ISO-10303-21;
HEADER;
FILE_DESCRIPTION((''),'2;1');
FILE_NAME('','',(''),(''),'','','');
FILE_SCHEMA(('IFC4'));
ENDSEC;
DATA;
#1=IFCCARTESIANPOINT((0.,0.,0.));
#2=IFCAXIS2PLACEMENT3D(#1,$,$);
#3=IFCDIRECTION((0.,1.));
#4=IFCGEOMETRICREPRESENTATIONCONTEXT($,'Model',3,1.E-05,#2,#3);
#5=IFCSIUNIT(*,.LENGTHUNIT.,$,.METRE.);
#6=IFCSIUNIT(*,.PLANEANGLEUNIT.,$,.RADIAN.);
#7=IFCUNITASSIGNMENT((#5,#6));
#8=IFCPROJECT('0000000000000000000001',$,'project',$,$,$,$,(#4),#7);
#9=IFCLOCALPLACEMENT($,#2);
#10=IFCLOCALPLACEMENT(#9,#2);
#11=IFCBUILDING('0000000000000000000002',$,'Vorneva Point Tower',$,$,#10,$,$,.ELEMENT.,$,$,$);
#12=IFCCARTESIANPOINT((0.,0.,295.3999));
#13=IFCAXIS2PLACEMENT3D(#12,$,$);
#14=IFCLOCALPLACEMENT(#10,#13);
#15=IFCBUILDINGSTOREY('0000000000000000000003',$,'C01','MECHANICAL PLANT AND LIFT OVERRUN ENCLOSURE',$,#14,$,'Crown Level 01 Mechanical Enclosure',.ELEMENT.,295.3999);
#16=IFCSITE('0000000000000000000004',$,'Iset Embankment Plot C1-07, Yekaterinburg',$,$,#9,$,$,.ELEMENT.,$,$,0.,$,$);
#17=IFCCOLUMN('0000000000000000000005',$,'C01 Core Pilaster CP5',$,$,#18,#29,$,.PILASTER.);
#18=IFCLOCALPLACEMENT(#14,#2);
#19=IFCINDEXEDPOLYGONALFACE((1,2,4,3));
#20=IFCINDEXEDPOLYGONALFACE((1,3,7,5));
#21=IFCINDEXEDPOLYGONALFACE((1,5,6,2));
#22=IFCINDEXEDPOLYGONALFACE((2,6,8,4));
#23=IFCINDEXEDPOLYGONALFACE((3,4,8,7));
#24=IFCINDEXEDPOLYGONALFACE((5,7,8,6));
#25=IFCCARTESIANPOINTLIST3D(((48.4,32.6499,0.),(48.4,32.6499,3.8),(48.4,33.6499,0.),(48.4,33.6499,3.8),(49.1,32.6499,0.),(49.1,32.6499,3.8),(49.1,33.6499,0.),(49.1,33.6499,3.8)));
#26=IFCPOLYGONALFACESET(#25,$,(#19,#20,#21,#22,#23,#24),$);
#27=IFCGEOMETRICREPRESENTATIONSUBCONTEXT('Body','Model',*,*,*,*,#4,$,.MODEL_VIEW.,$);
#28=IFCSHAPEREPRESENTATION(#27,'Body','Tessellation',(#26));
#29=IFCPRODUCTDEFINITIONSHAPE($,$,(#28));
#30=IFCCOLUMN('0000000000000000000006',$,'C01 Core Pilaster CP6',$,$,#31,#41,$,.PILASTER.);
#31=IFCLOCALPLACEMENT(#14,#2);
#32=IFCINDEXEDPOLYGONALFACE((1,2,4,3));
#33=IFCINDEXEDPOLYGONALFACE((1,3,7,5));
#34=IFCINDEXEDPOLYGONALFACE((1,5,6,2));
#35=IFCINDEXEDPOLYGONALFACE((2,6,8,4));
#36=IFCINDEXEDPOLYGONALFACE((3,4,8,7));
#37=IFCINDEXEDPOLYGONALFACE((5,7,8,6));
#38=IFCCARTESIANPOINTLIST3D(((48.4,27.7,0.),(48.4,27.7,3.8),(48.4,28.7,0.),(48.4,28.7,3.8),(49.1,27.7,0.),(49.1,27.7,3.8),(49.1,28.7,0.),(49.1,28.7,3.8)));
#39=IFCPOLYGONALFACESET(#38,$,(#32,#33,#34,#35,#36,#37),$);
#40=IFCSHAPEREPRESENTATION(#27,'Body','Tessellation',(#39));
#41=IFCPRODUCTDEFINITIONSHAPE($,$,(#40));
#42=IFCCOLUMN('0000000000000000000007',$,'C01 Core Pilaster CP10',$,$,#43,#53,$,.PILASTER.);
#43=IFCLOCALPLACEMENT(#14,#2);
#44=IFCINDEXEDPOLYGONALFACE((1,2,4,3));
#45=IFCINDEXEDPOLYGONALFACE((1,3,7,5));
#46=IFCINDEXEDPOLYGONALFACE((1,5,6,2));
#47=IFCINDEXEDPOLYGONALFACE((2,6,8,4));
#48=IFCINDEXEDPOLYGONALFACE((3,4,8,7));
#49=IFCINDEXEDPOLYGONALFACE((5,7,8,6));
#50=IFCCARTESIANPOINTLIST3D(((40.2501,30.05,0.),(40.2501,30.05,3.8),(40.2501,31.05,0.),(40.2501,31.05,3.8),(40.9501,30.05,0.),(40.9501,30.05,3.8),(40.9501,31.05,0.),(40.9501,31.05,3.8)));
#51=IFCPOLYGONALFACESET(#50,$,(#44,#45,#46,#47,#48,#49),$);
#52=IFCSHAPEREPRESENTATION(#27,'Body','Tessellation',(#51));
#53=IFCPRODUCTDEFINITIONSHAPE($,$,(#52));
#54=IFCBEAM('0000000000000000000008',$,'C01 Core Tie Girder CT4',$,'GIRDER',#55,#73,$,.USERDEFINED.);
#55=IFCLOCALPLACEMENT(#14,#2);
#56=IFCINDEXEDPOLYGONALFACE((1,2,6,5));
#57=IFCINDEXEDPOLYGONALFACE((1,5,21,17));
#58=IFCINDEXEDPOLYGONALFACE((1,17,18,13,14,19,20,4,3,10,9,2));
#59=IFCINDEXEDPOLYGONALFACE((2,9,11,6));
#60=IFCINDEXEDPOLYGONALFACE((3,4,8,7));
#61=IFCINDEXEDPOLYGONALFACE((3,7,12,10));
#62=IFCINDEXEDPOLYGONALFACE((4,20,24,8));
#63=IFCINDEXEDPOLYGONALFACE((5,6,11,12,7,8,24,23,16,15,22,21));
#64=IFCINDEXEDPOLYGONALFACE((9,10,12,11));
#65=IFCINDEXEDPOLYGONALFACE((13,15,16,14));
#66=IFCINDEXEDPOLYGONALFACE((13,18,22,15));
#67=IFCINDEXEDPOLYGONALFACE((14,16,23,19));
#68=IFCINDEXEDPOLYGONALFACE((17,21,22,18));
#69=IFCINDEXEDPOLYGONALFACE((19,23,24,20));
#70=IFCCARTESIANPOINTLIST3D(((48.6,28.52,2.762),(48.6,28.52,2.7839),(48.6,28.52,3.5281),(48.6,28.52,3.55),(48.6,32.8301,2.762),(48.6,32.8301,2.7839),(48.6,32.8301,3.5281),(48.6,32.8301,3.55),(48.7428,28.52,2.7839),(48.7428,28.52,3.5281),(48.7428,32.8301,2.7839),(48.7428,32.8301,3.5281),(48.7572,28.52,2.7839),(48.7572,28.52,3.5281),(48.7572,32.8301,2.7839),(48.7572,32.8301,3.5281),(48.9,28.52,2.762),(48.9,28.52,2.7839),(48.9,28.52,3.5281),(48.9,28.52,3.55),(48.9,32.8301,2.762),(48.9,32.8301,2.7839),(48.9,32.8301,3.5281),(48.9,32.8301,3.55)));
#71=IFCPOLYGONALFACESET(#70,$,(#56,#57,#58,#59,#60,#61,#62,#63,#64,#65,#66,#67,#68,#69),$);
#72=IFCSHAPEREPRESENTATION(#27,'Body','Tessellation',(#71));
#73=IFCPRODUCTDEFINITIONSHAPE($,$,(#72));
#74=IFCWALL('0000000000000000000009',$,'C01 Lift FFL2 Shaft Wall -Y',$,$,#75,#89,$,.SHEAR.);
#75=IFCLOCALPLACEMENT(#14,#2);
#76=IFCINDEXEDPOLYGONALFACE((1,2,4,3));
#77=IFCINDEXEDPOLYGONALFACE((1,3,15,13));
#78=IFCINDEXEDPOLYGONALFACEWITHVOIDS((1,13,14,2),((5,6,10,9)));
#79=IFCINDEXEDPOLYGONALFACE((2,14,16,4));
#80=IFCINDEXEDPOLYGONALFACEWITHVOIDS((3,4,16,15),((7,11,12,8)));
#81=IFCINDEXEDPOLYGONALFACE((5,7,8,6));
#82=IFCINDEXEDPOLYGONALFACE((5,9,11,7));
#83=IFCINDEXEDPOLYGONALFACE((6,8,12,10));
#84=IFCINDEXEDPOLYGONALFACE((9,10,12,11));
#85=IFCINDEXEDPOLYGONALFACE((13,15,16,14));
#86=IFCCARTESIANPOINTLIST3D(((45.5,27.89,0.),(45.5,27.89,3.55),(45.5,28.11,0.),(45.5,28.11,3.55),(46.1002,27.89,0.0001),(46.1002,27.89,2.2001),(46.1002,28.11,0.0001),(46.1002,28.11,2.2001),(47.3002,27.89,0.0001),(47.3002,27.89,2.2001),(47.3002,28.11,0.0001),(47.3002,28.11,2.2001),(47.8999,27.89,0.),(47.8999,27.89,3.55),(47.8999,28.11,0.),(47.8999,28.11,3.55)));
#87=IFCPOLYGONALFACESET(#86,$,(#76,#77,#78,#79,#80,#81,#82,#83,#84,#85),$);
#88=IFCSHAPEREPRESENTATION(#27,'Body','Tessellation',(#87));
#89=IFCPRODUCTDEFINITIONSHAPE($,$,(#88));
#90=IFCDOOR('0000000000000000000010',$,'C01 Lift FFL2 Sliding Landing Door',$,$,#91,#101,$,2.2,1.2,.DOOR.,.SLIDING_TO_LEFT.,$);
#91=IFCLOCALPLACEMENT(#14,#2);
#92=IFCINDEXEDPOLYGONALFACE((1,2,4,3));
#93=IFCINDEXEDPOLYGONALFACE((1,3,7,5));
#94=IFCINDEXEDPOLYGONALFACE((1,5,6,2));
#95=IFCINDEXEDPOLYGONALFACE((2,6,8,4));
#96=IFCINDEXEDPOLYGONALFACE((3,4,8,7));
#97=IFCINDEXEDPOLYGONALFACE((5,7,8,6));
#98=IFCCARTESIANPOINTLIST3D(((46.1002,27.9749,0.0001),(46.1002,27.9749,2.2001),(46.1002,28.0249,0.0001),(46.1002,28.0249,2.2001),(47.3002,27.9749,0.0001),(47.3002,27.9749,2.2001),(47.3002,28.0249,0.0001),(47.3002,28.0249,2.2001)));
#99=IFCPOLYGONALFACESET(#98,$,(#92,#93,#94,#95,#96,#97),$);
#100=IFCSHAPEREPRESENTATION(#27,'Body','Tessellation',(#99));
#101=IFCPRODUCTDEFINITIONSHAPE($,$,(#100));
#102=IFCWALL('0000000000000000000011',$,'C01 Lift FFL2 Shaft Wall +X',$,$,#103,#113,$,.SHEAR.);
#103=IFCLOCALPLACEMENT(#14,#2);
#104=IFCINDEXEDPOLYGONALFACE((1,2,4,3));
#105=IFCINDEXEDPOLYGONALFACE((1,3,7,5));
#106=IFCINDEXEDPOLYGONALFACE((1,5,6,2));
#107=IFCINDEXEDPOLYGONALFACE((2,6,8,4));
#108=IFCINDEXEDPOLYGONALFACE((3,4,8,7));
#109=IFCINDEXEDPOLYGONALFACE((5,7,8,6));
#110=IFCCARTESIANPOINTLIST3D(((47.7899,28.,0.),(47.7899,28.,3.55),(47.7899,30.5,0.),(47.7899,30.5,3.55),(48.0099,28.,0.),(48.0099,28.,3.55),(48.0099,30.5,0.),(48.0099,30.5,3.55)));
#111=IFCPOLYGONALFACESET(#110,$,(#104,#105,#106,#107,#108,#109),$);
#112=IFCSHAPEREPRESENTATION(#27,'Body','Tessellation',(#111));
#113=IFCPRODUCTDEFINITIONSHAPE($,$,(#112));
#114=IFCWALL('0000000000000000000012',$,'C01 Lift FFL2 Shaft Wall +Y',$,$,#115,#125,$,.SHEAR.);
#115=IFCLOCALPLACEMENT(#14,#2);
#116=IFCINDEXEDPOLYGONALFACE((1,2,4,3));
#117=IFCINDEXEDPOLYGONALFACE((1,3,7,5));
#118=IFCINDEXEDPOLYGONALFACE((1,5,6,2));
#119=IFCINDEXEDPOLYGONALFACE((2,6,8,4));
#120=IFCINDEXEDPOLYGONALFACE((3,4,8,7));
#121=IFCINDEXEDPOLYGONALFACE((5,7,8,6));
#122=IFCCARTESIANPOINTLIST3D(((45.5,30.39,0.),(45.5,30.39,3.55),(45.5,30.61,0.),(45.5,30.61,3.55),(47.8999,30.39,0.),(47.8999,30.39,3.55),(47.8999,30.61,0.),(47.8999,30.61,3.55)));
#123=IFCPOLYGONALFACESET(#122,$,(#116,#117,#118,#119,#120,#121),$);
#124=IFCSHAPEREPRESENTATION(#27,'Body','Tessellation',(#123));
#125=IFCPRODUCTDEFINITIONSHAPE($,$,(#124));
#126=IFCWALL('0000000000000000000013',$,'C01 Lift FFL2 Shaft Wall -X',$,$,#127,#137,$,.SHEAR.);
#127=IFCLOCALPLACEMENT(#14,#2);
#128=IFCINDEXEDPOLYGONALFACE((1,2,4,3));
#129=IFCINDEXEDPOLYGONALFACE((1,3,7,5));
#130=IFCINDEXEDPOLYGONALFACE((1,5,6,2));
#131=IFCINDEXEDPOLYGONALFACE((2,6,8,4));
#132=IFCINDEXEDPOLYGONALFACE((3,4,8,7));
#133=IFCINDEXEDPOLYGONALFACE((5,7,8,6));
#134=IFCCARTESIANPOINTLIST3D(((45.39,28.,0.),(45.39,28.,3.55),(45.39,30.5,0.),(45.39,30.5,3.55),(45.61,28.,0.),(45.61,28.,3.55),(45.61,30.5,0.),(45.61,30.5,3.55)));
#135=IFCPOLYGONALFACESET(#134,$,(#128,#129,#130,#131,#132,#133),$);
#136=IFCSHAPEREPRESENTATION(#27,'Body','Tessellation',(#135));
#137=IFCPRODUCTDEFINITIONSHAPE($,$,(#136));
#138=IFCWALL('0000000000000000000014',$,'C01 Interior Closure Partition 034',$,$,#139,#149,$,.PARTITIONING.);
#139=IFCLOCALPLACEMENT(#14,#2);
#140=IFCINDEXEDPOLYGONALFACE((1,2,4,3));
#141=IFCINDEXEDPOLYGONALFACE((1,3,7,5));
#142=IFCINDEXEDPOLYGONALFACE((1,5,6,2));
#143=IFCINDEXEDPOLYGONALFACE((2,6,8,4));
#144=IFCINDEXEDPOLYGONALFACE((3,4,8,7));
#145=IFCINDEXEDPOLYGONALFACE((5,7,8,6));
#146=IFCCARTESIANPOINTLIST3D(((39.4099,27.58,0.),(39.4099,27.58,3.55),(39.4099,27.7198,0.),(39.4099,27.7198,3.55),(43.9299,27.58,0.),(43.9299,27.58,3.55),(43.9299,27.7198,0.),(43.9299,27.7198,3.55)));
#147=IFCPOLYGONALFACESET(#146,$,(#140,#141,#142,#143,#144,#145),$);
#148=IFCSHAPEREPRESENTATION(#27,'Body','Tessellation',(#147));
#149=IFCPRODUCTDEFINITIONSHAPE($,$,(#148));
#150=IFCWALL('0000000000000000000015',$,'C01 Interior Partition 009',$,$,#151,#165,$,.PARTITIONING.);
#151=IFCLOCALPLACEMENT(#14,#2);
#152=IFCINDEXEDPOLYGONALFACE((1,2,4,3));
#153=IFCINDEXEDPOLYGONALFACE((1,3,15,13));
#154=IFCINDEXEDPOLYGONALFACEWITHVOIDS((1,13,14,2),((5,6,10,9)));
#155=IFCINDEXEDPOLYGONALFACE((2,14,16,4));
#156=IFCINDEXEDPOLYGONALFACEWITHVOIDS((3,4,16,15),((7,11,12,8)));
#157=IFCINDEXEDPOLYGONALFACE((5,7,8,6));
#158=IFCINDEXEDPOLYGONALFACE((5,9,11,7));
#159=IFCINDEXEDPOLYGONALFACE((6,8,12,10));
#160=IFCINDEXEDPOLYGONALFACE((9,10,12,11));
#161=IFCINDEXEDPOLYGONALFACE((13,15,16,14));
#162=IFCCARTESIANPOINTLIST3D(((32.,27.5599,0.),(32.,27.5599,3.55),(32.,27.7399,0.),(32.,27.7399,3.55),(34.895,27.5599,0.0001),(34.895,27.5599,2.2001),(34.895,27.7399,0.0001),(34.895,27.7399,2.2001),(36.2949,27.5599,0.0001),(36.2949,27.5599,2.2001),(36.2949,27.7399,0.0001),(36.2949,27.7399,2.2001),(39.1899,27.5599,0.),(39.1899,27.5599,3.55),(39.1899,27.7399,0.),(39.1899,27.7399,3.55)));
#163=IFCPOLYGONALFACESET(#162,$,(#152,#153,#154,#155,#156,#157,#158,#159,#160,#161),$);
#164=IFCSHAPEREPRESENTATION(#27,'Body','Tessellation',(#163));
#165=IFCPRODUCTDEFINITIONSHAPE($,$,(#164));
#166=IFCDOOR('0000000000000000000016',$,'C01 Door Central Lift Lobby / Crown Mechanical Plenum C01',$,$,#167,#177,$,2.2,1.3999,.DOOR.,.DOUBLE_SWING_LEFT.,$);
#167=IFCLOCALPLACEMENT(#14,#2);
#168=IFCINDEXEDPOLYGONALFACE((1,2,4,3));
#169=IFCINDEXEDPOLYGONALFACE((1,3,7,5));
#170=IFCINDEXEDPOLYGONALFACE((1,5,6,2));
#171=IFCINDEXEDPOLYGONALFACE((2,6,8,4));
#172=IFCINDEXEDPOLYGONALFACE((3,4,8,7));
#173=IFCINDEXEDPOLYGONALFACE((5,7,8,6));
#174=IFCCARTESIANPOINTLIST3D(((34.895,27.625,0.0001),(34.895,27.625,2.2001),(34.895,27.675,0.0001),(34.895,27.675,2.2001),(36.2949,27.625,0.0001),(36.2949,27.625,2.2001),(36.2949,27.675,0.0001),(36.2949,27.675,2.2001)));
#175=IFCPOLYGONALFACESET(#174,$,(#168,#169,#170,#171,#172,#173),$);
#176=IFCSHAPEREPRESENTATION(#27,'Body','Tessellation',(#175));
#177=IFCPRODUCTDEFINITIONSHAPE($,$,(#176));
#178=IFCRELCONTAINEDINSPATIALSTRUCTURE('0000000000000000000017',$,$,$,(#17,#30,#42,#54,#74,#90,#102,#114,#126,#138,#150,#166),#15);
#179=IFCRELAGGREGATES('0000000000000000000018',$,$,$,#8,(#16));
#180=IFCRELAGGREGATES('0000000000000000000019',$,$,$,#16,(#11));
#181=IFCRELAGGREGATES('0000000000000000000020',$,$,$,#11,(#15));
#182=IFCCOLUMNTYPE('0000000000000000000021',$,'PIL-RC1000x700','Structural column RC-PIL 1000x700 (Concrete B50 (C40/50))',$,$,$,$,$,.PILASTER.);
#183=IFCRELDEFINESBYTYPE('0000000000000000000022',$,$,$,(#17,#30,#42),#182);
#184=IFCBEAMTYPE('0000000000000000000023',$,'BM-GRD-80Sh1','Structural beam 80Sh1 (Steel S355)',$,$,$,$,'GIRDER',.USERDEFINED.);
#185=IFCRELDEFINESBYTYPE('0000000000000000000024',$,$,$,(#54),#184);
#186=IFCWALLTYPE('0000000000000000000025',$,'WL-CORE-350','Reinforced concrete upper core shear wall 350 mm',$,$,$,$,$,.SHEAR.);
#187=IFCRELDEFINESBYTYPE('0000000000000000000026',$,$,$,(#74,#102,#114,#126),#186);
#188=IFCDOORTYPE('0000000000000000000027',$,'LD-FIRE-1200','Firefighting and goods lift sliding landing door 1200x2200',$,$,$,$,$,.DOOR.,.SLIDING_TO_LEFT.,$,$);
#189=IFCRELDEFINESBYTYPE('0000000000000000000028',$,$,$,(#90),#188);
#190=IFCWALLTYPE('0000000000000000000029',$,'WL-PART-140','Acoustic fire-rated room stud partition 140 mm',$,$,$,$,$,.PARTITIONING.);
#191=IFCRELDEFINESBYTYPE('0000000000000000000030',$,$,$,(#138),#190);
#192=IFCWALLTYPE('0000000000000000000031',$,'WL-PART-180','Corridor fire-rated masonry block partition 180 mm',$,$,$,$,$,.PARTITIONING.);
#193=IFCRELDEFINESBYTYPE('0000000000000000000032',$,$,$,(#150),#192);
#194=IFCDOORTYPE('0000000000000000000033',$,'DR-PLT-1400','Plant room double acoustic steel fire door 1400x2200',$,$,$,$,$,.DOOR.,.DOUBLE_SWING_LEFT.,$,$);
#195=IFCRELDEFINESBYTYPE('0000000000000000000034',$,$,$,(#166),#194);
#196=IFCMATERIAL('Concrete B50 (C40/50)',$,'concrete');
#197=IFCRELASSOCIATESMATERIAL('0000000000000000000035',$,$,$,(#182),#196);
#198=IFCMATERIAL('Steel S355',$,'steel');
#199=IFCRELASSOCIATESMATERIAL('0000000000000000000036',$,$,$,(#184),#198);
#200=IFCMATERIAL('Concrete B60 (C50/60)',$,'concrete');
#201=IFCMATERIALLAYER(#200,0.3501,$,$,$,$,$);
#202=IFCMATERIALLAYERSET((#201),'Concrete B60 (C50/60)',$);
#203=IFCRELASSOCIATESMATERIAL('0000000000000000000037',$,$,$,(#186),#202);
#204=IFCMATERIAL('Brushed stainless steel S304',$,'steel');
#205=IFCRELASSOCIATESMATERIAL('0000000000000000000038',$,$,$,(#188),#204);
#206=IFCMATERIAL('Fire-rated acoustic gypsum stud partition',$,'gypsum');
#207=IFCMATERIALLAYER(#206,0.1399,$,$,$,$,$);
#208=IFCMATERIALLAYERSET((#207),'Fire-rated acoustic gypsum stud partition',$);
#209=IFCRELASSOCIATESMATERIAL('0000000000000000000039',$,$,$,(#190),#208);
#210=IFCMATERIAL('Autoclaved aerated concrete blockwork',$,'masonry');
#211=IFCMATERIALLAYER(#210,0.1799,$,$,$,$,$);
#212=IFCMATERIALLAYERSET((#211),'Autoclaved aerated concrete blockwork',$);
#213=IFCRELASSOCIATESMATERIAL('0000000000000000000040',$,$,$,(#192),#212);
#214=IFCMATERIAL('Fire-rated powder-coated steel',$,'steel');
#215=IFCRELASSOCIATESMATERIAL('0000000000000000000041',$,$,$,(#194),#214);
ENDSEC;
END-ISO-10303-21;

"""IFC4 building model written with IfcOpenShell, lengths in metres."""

from ifc_helpers import new_model, si_unit, direction, frame, frame_2d, origin, origin_2d, place, context, subcontext, project, spatial, rectangle, i_section, extrude, material, layer, layer_set, material_profile, profile_set, type_object, element, fill, save


model = new_model("IFC4")

# Units and contexts
model_context = context("Model", 3, precision=1e-05, world=origin(), true_north=direction((0.0, 1.0)))
body_context = subcontext(model_context, "Body", "Model", "MODEL_VIEW")
ifc_project = project(units=[si_unit("LENGTHUNIT", "METRE"), si_unit("PLANEANGLEUNIT", "RADIAN")], contexts=[model_context])

# Site, building, storey
site_placement = place(None, origin())
site = spatial("IfcSite", under=ifc_project, at=site_placement, Name="Iset Embankment Plot C1-07, Yekaterinburg", CompositionType="ELEMENT", RefElevation=0.0)
building_placement = place(site_placement, origin())
building = spatial("IfcBuilding", under=site, at=building_placement, Name="Vorneva Point Tower", CompositionType="ELEMENT")
storey_placement = place(building_placement, frame((0.0, 0.0, 295.3999)))
storey = spatial("IfcBuildingStorey", under=building, at=storey_placement, Name="C01", Description="MECHANICAL PLANT AND LIFT OVERRUN ENCLOSURE", LongName="Crown Level 01 Mechanical Enclosure", CompositionType="ELEMENT", Elevation=295.3999)

# Columns
ifc_material_1 = material(Name="Concrete B50 (C40/50)", Category="concrete")
ifc_material_profile_1 = material_profile(ifc_material_1, rectangle(XDim=0.7, YDim=1.0, at=origin_2d()), Name="RC-PIL 1000x700")
ifc_profile_set_1 = profile_set([ifc_material_profile_1], Name="Concrete B50 (C40/50)")
column_type = type_object("IfcColumnType", Name="PIL-RC1000x700", Description="Structural column RC-PIL 1000x700 (Concrete B50 (C40/50))", PredefinedType="PILASTER", material=ifc_profile_set_1)
for number, where, z_axis, x_axis, name in (
    (1, (48.75, 33.1499, 0.0), (0.0, 0.0, 1.0), (1.0, 0.0, 0.0), "C01 Core Pilaster CP5"),
    (2, (48.75, 28.2, 0.0), (0.0, 0.0, 1.0), (1.0, 0.0, 0.0), "C01 Core Pilaster CP6"),
    (3, (40.6001, 30.55, 0.0), (0.0, 0.0, 1.0), (1.0, 0.0, 0.0), "C01 Core Pilaster CP10"),
):
    element("IfcColumn", number, at=place(storey_placement, frame(where, z_axis=z_axis, x_axis=x_axis)), inside=storey, type_object=column_type, Name=name, PredefinedType="PILASTER", context=body_context, shape_type="SweptSolid", body=[
        extrude(rectangle(XDim=0.7, YDim=1.0, at=origin_2d()), origin(), (0.0, 0.0, 1.0), 3.8),
    ])

# Beam
ifc_material_2 = material(Name="Steel S355", Category="steel")
ifc_material_profile_2 = material_profile(ifc_material_2, i_section(OverallWidth=0.3, OverallDepth=0.7881, WebThickness=0.0144, FlangeThickness=0.022, at=origin_2d()), Name="80Sh1")
ifc_profile_set_2 = profile_set([ifc_material_profile_2], Name="Steel S355")
beam_type = type_object("IfcBeamType", Name="BM-GRD-80Sh1", Description="Structural beam 80Sh1 (Steel S355)", ElementType="GIRDER", PredefinedType="USERDEFINED", material=ifc_profile_set_2)
beam_placement = place(storey_placement, frame((48.75, 28.52, 3.156), z_axis=(0.0, 1.0, 0.0), x_axis=(-1.0, 0.0, 0.0)))
element("IfcBeam", 4, at=beam_placement, inside=storey, type_object=beam_type, Name="C01 Core Tie Girder CT4", ObjectType="GIRDER", PredefinedType="USERDEFINED", context=body_context, shape_type="SweptSolid", body=[
    extrude(i_section(OverallWidth=0.3, OverallDepth=0.7881, WebThickness=0.0144, FlangeThickness=0.022, at=origin_2d()), origin(), (0.0, 0.0, 1.0), 4.3101),
])

# Wall, opening, door
ifc_material_3 = material(Name="Concrete B60 (C50/60)", Category="concrete")
ifc_layer_1 = layer(ifc_material_3, 0.3501)
ifc_layer_set_1 = layer_set([ifc_layer_1], Name="Concrete B60 (C50/60)")
wall_type_1 = type_object("IfcWallType", Name="WL-CORE-350", Description="Reinforced concrete upper core shear wall 350 mm", PredefinedType="SHEAR", material=ifc_layer_set_1)
wall_1_placement = place(storey_placement, frame((45.5, 28.0, 0.0), z_axis=(0.0, 0.0, 1.0), x_axis=(1.0, 0.0, 0.0)))
wall_1 = element("IfcWall", 5, at=wall_1_placement, inside=storey, type_object=wall_type_1, Name="C01 Lift FFL2 Shaft Wall -Y", PredefinedType="SHEAR", context=body_context, shape_type="SweptSolid", body=[
    extrude(rectangle(XDim=2.3999, YDim=0.22, at=frame_2d((1.2, 0.0))), origin(), (0.0, 0.0, 1.0), 3.55),
])
opening_1_placement = place(wall_1_placement, frame((0.6001, 0.0, 0.0)))
opening_1 = element("IfcOpeningElement", 6, at=opening_1_placement, cuts=wall_1, PredefinedType="OPENING", context=body_context, shape_type="SweptSolid", body=[
    extrude(rectangle(XDim=1.2, YDim=2.2, at=frame_2d((0.6001, 1.1001))), frame((0.0, 0.125, 0.0), z_axis=(0.0, -1.0, 0.0), x_axis=(1.0, 0.0, 0.0)), (0.0, 0.0, 1.0), 0.2498),
])
ifc_material_4 = material(Name="Brushed stainless steel S304", Category="steel")
door_type_1 = type_object("IfcDoorType", Name="LD-FIRE-1200", Description="Firefighting and goods lift sliding landing door 1200x2200", OperationType="SLIDING_TO_LEFT", PredefinedType="DOOR", material=ifc_material_4)
door_1_placement = place(opening_1_placement, origin())
door_1 = element("IfcDoor", 7, at=door_1_placement, inside=storey, type_object=door_type_1, Name="C01 Lift FFL2 Sliding Landing Door", OperationType="SLIDING_TO_LEFT", OverallHeight=2.2, OverallWidth=1.2, PredefinedType="DOOR", context=body_context, shape_type="SweptSolid", body=[
    extrude(rectangle(XDim=1.2, YDim=2.2, at=frame_2d((0.6001, 1.1001))), frame((0.0, 0.0249, 0.0), z_axis=(0.0, -1.0, 0.0), x_axis=(1.0, 0.0, 0.0)), (0.0, 0.0, 1.0), 0.05),
])
fill(opening_1, door_1)

# Walls
wall_2_placement = place(storey_placement, frame((47.8999, 28.0, 0.0), z_axis=(0.0, 0.0, 1.0), x_axis=(0.0, 1.0, 0.0)))
element("IfcWall", 8, at=wall_2_placement, inside=storey, type_object=wall_type_1, Name="C01 Lift FFL2 Shaft Wall +X", PredefinedType="SHEAR", context=body_context, shape_type="SweptSolid", body=[
    extrude(rectangle(XDim=2.5, YDim=0.22, at=frame_2d((1.25, 0.0))), origin(), (0.0, 0.0, 1.0), 3.55),
])
wall_3_placement = place(storey_placement, frame((47.8999, 30.5, 0.0), z_axis=(0.0, 0.0, 1.0), x_axis=(-1.0, 0.0, 0.0)))
element("IfcWall", 9, at=wall_3_placement, inside=storey, type_object=wall_type_1, Name="C01 Lift FFL2 Shaft Wall +Y", PredefinedType="SHEAR", context=body_context, shape_type="SweptSolid", body=[
    extrude(rectangle(XDim=2.3999, YDim=0.22, at=frame_2d((1.2, 0.0))), origin(), (0.0, 0.0, 1.0), 3.55),
])
wall_4_placement = place(storey_placement, frame((45.5, 30.5, 0.0), z_axis=(0.0, 0.0, 1.0), x_axis=(0.0, -1.0, 0.0)))
element("IfcWall", 10, at=wall_4_placement, inside=storey, type_object=wall_type_1, Name="C01 Lift FFL2 Shaft Wall -X", PredefinedType="SHEAR", context=body_context, shape_type="SweptSolid", body=[
    extrude(rectangle(XDim=2.5, YDim=0.22, at=frame_2d((1.25, 0.0))), origin(), (0.0, 0.0, 1.0), 3.55),
])
ifc_material_5 = material(Name="Fire-rated acoustic gypsum stud partition", Category="gypsum")
ifc_layer_2 = layer(ifc_material_5, 0.1399)
ifc_layer_set_2 = layer_set([ifc_layer_2], Name="Fire-rated acoustic gypsum stud partition")
wall_type_2 = type_object("IfcWallType", Name="WL-PART-140", Description="Acoustic fire-rated room stud partition 140 mm", PredefinedType="PARTITIONING", material=ifc_layer_set_2)
wall_5_placement = place(storey_placement, frame((43.9299, 27.6499, 0.0), z_axis=(0.0, 0.0, 1.0), x_axis=(-1.0, 0.0, 0.0)))
element("IfcWall", 11, at=wall_5_placement, inside=storey, type_object=wall_type_2, Name="C01 Interior Closure Partition 034", PredefinedType="PARTITIONING", context=body_context, shape_type="SweptSolid", body=[
    extrude(rectangle(XDim=4.52, YDim=0.1399, at=frame_2d((2.26, 0.0))), origin(), (0.0, 0.0, 1.0), 3.55),
])

# Wall, opening, door
ifc_material_6 = material(Name="Autoclaved aerated concrete blockwork", Category="masonry")
ifc_layer_3 = layer(ifc_material_6, 0.1799)
ifc_layer_set_3 = layer_set([ifc_layer_3], Name="Autoclaved aerated concrete blockwork")
wall_type_3 = type_object("IfcWallType", Name="WL-PART-180", Description="Corridor fire-rated masonry block partition 180 mm", PredefinedType="PARTITIONING", material=ifc_layer_set_3)
ifc_material_7 = material(Name="Fire-rated powder-coated steel", Category="steel")
wall_6_placement = place(storey_placement, frame((39.1899, 27.6499, 0.0), z_axis=(0.0, 0.0, 1.0), x_axis=(-1.0, 0.0, 0.0)))
wall_6 = element("IfcWall", 12, at=wall_6_placement, inside=storey, type_object=wall_type_3, Name="C01 Interior Partition 009", PredefinedType="PARTITIONING", context=body_context, shape_type="SweptSolid", body=[
    extrude(rectangle(XDim=7.1899, YDim=0.1799, at=frame_2d((3.595, 0.0))), origin(), (0.0, 0.0, 1.0), 3.55),
])
opening_2_placement = place(wall_6_placement, frame((2.895, 0.0, 0.0)))
opening_2 = element("IfcOpeningElement", 13, at=opening_2_placement, cuts=wall_6, PredefinedType="OPENING", context=body_context, shape_type="SweptSolid", body=[
    extrude(rectangle(XDim=1.3999, YDim=2.2, at=frame_2d((0.7, 1.1001))), frame((0.0, 0.105, 0.0), z_axis=(0.0, -1.0, 0.0), x_axis=(1.0, 0.0, 0.0)), (0.0, 0.0, 1.0), 0.2097),
])
door_type_2 = type_object("IfcDoorType", Name="DR-PLT-1400", Description="Plant room double acoustic steel fire door 1400x2200", OperationType="DOUBLE_SWING_LEFT", PredefinedType="DOOR", material=ifc_material_7)
door_2_placement = place(opening_2_placement, origin())
door_2 = element("IfcDoor", 14, at=door_2_placement, inside=storey, type_object=door_type_2, Name="C01 Door Central Lift Lobby / Crown Mechanical Plenum C01", OperationType="DOUBLE_SWING_LEFT", OverallHeight=2.2, OverallWidth=1.3999, PredefinedType="DOOR", context=body_context, shape_type="SweptSolid", body=[
    extrude(rectangle(XDim=1.3999, YDim=2.2, at=frame_2d((0.7, 1.1001))), frame((0.0, 0.0249, 0.0), z_axis=(0.0, -1.0, 0.0), x_axis=(1.0, 0.0, 0.0)), (0.0, 0.0, 1.0), 0.05),
])
fill(opening_2, door_2)

save(model, "model.ifc")
